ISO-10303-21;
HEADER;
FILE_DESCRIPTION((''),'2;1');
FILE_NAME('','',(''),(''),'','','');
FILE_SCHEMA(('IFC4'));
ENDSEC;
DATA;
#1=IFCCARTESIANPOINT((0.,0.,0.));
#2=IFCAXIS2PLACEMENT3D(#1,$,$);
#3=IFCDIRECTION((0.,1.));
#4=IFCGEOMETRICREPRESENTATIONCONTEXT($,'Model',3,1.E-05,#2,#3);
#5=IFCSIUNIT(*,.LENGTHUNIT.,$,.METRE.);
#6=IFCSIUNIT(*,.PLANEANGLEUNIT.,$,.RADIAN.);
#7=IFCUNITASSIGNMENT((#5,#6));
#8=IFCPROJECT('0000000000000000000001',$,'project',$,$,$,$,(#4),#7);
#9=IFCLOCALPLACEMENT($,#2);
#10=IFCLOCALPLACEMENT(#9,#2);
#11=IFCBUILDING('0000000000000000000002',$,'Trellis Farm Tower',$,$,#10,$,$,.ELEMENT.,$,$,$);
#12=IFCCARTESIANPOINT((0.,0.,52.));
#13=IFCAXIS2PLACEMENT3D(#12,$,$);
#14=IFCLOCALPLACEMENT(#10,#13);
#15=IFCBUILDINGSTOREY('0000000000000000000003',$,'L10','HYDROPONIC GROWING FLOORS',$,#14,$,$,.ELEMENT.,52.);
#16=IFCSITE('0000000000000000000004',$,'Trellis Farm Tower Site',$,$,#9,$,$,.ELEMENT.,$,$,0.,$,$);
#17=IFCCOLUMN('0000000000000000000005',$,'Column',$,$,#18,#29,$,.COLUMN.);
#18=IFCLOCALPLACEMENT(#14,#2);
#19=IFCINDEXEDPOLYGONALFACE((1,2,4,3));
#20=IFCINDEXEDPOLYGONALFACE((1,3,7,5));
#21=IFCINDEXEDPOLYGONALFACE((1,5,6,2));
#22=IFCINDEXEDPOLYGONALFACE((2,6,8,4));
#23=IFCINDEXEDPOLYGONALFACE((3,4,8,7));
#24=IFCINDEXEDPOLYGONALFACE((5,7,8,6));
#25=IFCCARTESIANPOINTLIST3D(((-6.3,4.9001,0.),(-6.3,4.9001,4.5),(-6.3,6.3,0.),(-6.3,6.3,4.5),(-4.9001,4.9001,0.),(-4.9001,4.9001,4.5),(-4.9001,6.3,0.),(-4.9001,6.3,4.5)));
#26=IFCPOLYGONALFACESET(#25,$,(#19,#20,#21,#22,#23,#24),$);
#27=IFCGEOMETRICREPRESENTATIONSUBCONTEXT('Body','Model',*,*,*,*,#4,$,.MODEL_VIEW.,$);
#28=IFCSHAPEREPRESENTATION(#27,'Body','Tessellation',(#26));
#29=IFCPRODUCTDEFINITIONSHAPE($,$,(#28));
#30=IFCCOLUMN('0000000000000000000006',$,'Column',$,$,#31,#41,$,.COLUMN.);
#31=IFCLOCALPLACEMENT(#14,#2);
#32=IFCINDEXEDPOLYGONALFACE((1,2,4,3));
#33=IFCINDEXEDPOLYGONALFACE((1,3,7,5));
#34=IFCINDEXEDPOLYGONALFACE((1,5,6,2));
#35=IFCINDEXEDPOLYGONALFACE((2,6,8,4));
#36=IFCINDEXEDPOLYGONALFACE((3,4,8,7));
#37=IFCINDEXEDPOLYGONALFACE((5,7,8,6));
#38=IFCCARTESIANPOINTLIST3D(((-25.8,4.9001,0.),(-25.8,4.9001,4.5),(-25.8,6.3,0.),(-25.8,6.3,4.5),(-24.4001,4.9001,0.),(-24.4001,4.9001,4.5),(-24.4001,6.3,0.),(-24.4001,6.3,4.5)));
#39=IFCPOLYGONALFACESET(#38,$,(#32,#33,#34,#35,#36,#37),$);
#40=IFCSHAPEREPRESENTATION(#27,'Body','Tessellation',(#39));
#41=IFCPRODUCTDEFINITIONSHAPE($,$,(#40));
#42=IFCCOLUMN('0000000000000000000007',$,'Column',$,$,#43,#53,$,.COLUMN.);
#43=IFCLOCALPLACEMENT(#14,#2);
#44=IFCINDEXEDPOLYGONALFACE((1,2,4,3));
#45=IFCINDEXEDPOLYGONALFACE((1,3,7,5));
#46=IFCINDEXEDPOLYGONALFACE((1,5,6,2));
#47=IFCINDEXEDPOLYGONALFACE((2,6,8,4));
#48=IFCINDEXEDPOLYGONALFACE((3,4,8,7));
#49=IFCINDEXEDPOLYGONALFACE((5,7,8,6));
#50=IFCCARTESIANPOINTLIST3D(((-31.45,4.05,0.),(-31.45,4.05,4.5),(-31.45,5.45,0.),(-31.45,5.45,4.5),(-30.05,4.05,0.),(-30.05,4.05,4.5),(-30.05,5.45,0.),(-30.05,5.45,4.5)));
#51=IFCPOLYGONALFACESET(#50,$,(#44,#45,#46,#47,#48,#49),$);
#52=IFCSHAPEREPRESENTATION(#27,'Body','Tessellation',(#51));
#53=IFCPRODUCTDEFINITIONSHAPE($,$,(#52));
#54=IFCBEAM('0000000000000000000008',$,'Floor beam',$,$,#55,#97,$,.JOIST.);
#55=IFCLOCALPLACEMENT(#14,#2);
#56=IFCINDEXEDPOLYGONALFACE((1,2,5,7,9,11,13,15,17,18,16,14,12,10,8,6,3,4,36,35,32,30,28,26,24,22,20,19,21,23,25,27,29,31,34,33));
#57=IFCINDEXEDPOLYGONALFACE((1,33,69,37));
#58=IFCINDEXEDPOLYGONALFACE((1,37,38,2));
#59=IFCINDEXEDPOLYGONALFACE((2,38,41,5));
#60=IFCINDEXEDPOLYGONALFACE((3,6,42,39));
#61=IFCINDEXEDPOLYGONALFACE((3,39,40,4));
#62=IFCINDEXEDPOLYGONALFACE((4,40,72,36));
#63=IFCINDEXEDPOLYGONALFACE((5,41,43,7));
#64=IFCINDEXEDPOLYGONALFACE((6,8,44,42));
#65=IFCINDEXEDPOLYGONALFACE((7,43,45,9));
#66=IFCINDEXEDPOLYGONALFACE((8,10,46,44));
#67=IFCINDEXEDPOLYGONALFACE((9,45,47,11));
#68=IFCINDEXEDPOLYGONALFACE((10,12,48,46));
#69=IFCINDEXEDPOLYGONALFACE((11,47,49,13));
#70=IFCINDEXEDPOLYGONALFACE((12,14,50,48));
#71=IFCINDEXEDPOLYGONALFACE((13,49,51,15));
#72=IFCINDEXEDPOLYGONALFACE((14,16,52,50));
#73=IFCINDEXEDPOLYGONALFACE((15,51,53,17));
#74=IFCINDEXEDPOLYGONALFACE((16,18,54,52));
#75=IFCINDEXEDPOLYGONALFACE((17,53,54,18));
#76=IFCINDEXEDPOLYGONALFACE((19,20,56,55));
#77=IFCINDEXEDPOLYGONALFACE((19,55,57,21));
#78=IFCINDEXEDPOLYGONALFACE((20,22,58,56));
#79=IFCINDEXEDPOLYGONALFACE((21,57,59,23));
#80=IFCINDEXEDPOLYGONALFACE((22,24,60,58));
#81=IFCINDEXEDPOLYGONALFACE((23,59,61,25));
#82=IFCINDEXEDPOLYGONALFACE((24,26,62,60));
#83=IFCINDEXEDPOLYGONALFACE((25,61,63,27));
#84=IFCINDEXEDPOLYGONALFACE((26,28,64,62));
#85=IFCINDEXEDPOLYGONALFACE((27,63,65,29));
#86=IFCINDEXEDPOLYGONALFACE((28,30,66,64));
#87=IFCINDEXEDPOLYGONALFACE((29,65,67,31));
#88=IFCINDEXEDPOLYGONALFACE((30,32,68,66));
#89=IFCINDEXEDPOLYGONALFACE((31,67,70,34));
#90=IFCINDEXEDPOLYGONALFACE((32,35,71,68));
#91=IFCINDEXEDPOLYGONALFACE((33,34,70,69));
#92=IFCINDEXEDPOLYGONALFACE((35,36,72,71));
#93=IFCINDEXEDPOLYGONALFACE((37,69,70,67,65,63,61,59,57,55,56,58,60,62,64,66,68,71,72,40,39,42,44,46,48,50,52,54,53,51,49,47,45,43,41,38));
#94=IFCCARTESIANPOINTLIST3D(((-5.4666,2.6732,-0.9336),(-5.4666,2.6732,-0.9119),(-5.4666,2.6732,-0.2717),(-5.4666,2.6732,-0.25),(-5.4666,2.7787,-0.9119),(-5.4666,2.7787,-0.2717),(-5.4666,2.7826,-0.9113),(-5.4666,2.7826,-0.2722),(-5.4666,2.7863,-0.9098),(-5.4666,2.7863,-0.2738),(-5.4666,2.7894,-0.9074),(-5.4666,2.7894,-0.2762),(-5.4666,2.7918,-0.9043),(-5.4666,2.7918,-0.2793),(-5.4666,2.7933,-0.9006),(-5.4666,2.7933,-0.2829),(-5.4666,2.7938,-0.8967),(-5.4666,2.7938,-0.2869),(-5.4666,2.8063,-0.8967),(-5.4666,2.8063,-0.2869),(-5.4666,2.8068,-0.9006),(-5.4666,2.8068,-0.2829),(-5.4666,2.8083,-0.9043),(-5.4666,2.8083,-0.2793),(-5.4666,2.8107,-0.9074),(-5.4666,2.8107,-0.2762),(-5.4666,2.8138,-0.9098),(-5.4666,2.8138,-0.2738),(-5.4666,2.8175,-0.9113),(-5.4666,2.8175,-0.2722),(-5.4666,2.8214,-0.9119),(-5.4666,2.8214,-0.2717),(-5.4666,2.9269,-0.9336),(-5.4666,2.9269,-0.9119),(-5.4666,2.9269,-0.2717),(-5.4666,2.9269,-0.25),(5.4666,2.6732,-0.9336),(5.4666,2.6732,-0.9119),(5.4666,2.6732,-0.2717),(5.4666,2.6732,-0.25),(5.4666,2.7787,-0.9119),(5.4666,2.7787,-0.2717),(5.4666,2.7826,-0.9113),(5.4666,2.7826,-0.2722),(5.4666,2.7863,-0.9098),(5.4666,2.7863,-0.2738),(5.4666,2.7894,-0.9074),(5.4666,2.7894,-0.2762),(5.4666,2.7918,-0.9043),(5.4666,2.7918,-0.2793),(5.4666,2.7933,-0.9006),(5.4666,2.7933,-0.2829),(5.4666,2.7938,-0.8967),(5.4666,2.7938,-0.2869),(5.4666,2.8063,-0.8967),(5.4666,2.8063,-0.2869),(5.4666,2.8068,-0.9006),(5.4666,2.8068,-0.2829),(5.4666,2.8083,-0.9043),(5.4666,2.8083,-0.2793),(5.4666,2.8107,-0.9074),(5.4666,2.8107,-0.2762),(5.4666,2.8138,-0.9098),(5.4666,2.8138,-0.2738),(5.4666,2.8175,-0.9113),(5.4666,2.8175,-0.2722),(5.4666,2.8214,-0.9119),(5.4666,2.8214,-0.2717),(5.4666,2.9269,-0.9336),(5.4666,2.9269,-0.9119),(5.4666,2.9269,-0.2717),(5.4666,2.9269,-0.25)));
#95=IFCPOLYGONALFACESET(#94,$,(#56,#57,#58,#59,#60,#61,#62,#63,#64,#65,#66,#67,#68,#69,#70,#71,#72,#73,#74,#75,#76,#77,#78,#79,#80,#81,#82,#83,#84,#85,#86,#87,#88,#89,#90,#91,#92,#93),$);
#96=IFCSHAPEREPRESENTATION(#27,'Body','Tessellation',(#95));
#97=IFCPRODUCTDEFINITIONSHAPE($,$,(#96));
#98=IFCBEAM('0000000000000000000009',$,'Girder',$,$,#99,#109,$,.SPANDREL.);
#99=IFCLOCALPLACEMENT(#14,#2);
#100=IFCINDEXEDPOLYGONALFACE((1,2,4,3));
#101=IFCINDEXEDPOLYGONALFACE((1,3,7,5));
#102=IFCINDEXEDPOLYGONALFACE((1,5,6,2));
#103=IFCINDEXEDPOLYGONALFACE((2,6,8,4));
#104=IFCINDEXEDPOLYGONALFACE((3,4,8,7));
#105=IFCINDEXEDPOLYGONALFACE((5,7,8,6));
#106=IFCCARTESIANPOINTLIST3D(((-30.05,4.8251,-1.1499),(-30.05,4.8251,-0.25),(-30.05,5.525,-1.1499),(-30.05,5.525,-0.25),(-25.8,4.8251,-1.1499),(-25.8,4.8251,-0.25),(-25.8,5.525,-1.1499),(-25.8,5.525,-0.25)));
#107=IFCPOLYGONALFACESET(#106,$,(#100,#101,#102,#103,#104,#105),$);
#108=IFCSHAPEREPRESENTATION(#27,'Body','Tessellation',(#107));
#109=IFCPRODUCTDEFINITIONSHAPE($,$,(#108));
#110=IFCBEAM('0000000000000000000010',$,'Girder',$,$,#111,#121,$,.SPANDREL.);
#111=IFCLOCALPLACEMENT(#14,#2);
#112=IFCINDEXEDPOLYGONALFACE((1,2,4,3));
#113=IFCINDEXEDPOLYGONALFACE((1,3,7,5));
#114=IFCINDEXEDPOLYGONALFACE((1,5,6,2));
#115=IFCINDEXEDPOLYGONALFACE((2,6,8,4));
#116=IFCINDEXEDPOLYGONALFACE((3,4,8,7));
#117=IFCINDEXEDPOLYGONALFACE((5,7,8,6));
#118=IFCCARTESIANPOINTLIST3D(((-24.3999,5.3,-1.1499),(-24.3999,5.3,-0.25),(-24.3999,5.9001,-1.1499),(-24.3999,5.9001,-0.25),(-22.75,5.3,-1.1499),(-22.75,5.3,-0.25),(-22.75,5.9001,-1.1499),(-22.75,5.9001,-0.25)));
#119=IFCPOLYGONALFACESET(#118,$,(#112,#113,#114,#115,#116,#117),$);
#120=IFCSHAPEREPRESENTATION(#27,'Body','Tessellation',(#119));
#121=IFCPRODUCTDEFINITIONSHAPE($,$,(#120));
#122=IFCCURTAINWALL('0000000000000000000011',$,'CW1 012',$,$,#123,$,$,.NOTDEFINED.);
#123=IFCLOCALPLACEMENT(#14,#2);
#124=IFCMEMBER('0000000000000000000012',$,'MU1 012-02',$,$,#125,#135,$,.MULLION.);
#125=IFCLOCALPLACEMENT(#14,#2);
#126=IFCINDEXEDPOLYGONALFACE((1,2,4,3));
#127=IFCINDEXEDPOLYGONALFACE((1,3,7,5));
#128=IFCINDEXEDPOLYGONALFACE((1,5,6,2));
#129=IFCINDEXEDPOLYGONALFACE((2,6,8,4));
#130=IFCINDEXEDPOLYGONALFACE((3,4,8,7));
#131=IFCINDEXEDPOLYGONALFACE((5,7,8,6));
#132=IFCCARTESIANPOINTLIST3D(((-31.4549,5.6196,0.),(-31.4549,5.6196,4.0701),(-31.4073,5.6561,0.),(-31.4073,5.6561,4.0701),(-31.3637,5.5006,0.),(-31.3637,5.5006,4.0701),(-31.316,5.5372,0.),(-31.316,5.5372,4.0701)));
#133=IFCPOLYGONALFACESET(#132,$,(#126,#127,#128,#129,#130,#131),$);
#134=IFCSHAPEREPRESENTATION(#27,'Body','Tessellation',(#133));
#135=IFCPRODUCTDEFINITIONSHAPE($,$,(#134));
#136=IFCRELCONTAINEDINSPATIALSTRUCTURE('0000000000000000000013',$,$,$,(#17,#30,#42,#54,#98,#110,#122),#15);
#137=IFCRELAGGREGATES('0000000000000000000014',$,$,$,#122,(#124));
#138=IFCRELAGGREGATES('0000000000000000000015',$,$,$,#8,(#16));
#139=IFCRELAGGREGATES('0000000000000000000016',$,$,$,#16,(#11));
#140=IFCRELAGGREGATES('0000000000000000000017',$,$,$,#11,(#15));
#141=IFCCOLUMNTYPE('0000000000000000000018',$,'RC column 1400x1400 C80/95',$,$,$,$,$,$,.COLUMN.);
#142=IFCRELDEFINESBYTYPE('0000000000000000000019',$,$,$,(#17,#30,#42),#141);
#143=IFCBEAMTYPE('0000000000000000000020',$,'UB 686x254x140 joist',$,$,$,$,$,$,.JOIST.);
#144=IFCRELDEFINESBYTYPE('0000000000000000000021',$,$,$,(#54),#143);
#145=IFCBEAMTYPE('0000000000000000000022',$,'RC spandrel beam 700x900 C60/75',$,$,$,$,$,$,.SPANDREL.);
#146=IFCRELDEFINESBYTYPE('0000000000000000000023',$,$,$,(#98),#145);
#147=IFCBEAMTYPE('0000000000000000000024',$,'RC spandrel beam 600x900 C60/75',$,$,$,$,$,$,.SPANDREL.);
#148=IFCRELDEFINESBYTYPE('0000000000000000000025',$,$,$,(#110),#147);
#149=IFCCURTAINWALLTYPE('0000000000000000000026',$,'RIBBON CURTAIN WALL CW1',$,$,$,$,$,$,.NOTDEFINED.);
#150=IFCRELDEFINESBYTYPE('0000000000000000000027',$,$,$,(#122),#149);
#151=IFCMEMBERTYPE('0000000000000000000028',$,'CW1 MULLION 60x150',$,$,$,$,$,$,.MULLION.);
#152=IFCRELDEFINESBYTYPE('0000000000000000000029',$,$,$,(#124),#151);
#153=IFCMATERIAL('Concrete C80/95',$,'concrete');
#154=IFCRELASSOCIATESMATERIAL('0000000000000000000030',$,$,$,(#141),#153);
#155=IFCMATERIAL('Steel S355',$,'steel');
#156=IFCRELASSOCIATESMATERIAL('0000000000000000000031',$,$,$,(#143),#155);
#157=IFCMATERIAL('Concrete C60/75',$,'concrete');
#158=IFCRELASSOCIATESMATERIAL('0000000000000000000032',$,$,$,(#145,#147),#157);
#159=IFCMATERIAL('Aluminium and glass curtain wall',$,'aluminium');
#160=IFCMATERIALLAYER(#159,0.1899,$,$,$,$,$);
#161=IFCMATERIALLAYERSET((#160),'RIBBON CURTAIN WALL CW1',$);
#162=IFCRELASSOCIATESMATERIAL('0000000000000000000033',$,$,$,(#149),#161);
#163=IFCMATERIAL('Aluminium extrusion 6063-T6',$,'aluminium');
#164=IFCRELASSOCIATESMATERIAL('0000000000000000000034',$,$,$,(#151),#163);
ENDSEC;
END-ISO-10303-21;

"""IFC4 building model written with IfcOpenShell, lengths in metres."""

from ifc_helpers import new_model, si_unit, direction, frame, origin, origin_2d, place, context, subcontext, project, spatial, rectangle, i_section, extrude, source, transform, mapped, material, layer, layer_set, material_profile, profile_set, type_object, element, aggregate, save


model = new_model("IFC4")

# Units and contexts
model_context = context("Model", 3, precision=1e-05, world=origin(), true_north=direction((0.0, 1.0)))
body_context = subcontext(model_context, "Body", "Model", "MODEL_VIEW")
ifc_project = project(units=[si_unit("LENGTHUNIT", "METRE"), si_unit("PLANEANGLEUNIT", "RADIAN")], contexts=[model_context])

# Site, building, storey
site_placement = place(None, origin())
site = spatial("IfcSite", under=ifc_project, at=site_placement, Name="Trellis Farm Tower Site", CompositionType="ELEMENT", RefElevation=0.0)
building_placement = place(site_placement, origin())
building = spatial("IfcBuilding", under=site, at=building_placement, Name="Trellis Farm Tower", CompositionType="ELEMENT")
storey_placement = place(building_placement, frame((0.0, 0.0, 52.0)))
storey = spatial("IfcBuildingStorey", under=building, at=storey_placement, Name="L10", Description="HYDROPONIC GROWING FLOORS", CompositionType="ELEMENT", Elevation=52.0)

# Columns
ifc_material_1 = material(Name="Concrete C80/95", Category="concrete")
ifc_material_profile_1 = material_profile(ifc_material_1, rectangle(XDim=1.3999, YDim=1.3999, at=origin_2d()), Name="RC column 1400x1400 C80/95")
ifc_profile_set_1 = profile_set([ifc_material_profile_1], Name="Concrete C80/95")
column_type = type_object("IfcColumnType", Name="RC column 1400x1400 C80/95", PredefinedType="COLUMN", material=ifc_profile_set_1)
shared_shape_1 = source(origin(), body_context, "Body", "SweptSolid", [
    extrude(rectangle(XDim=1.3999, YDim=1.3999, at=origin_2d()), origin(), (0.0, 0.0, 1.0), 4.5),
])
for number, where, z_axis, x_axis, name in (
    (1, (-5.6001, 5.6001, 0.0), (0.0, 0.0, 1.0), (1.0, 0.0, 0.0), "Column"),
    (2, (-25.1001, 5.6001, 0.0), (0.0, 0.0, 1.0), (1.0, 0.0, 0.0), "Column"),
    (3, (-30.75, 4.75, 0.0), (0.0, 0.0, 1.0), (1.0, 0.0, 0.0), "Column"),
):
    element("IfcColumn", number, at=place(storey_placement, frame(where, z_axis=z_axis, x_axis=x_axis)), inside=storey, type_object=column_type, Name=name, PredefinedType="COLUMN", context=body_context, shape_type="MappedRepresentation", body=[
        mapped(shared_shape_1, transform((0.0, 0.0, 0.0))),
    ])

# Beams
ifc_material_2 = material(Name="Steel S355", Category="steel")
ifc_material_profile_2 = material_profile(ifc_material_2, i_section(OverallWidth=0.2537, OverallDepth=0.6836, WebThickness=0.0125, FlangeThickness=0.0217, FilletRadius=0.0151, at=origin_2d()), Name="UB 686x254x140")
ifc_profile_set_2 = profile_set([ifc_material_profile_2], Name="Steel S355")
beam_type_1 = type_object("IfcBeamType", Name="UB 686x254x140 joist", PredefinedType="JOIST", material=ifc_profile_set_2)
shared_shape_2 = source(origin(), body_context, "Body", "SweptSolid", [
    extrude(i_section(OverallWidth=0.2537, OverallDepth=0.6836, WebThickness=0.0125, FlangeThickness=0.0217, FilletRadius=0.0151, at=origin_2d()), origin(), (0.0, 0.0, 1.0), 10.9331),
])
beam_1_placement = place(storey_placement, frame((-5.4666, 2.8, -0.5918), z_axis=(1.0, 0.0, 0.0), x_axis=(0.0, 1.0, 0.0)))
element("IfcBeam", 4, at=beam_1_placement, inside=storey, type_object=beam_type_1, Name="Floor beam", PredefinedType="JOIST", context=body_context, shape_type="MappedRepresentation", body=[
    mapped(shared_shape_2, transform((0.0, 0.0, 0.0))),
])
ifc_material_3 = material(Name="Concrete C60/75", Category="concrete")
ifc_material_profile_3 = material_profile(ifc_material_3, rectangle(XDim=0.7, YDim=0.8999, at=origin_2d()), Name="RC spandrel beam 700x900 C60/75")
ifc_profile_set_3 = profile_set([ifc_material_profile_3], Name="Concrete C60/75")
beam_type_2 = type_object("IfcBeamType", Name="RC spandrel beam 700x900 C60/75", PredefinedType="SPANDREL", material=ifc_profile_set_3)
shared_shape_3 = source(origin(), body_context, "Body", "SweptSolid", [
    extrude(rectangle(XDim=0.7, YDim=0.8999, at=origin_2d()), origin(), (0.0, 0.0, 1.0), 4.25),
])
beam_2_placement = place(storey_placement, frame((-30.05, 5.175, -0.7), z_axis=(1.0, 0.0, 0.0), x_axis=(0.0, 1.0, 0.0)))
element("IfcBeam", 5, at=beam_2_placement, inside=storey, type_object=beam_type_2, Name="Girder", PredefinedType="SPANDREL", context=body_context, shape_type="MappedRepresentation", body=[
    mapped(shared_shape_3, transform((0.0, 0.0, 0.0))),
])
ifc_material_profile_4 = material_profile(ifc_material_3, rectangle(XDim=0.6001, YDim=0.8999, at=origin_2d()), Name="RC spandrel beam 600x900 C60/75")
ifc_profile_set_4 = profile_set([ifc_material_profile_4], Name="Concrete C60/75")
beam_type_3 = type_object("IfcBeamType", Name="RC spandrel beam 600x900 C60/75", PredefinedType="SPANDREL", material=ifc_profile_set_4)
shared_shape_4 = source(origin(), body_context, "Body", "SweptSolid", [
    extrude(rectangle(XDim=0.6001, YDim=0.8999, at=origin_2d()), origin(), (0.0, 0.0, 1.0), 1.6499),
])
beam_3_placement = place(storey_placement, frame((-24.3999, 5.6001, -0.7), z_axis=(1.0, 0.0, 0.0), x_axis=(0.0, 1.0, 0.0)))
element("IfcBeam", 6, at=beam_3_placement, inside=storey, type_object=beam_type_3, Name="Girder", PredefinedType="SPANDREL", context=body_context, shape_type="MappedRepresentation", body=[
    mapped(shared_shape_4, transform((0.0, 0.0, 0.0))),
])

# Curtain wall, member
ifc_material_4 = material(Name="Aluminium and glass curtain wall", Category="aluminium")
ifc_layer_1 = layer(ifc_material_4, 0.1899)
ifc_layer_set_1 = layer_set([ifc_layer_1], Name="RIBBON CURTAIN WALL CW1")
curtain_wall_type = type_object("IfcCurtainWallType", Name="RIBBON CURTAIN WALL CW1", PredefinedType="NOTDEFINED", material=ifc_layer_set_1)
placement = place(storey_placement, origin())
curtain_wall = element("IfcCurtainWall", 7, at=placement, inside=storey, type_object=curtain_wall_type, Name="CW1 012", PredefinedType="NOTDEFINED")
ifc_material_5 = material(Name="Aluminium extrusion 6063-T6", Category="aluminium")
ifc_material_profile_5 = material_profile(ifc_material_5, rectangle(XDim=0.0601, YDim=0.1499, at=origin_2d()), Name="MULLION 60x150")
ifc_profile_set_5 = profile_set([ifc_material_profile_5], Name="Aluminium extrusion 6063-T6")
member_type = type_object("IfcMemberType", Name="CW1 MULLION 60x150", PredefinedType="MULLION", material=ifc_profile_set_5)
shared_shape_5 = source(origin(), body_context, "Body", "SweptSolid", [
    extrude(rectangle(XDim=0.0601, YDim=0.1499, at=origin_2d()), origin(), (0.0, 0.0, 1.0), 4.0701),
])
member_placement = place(storey_placement, frame((-31.3855, 5.5784, 0.0), z_axis=(0.0, 0.0, 1.0), x_axis=(-0.793353, -0.608761, 0.0)))
member = element("IfcMember", 8, at=member_placement, type_object=member_type, Name="MU1 012-02", PredefinedType="MULLION", context=body_context, shape_type="MappedRepresentation", body=[
    mapped(shared_shape_5, transform((0.0, 0.0, 0.0))),
])
aggregate(curtain_wall, [member])

save(model, "model.ifc")
